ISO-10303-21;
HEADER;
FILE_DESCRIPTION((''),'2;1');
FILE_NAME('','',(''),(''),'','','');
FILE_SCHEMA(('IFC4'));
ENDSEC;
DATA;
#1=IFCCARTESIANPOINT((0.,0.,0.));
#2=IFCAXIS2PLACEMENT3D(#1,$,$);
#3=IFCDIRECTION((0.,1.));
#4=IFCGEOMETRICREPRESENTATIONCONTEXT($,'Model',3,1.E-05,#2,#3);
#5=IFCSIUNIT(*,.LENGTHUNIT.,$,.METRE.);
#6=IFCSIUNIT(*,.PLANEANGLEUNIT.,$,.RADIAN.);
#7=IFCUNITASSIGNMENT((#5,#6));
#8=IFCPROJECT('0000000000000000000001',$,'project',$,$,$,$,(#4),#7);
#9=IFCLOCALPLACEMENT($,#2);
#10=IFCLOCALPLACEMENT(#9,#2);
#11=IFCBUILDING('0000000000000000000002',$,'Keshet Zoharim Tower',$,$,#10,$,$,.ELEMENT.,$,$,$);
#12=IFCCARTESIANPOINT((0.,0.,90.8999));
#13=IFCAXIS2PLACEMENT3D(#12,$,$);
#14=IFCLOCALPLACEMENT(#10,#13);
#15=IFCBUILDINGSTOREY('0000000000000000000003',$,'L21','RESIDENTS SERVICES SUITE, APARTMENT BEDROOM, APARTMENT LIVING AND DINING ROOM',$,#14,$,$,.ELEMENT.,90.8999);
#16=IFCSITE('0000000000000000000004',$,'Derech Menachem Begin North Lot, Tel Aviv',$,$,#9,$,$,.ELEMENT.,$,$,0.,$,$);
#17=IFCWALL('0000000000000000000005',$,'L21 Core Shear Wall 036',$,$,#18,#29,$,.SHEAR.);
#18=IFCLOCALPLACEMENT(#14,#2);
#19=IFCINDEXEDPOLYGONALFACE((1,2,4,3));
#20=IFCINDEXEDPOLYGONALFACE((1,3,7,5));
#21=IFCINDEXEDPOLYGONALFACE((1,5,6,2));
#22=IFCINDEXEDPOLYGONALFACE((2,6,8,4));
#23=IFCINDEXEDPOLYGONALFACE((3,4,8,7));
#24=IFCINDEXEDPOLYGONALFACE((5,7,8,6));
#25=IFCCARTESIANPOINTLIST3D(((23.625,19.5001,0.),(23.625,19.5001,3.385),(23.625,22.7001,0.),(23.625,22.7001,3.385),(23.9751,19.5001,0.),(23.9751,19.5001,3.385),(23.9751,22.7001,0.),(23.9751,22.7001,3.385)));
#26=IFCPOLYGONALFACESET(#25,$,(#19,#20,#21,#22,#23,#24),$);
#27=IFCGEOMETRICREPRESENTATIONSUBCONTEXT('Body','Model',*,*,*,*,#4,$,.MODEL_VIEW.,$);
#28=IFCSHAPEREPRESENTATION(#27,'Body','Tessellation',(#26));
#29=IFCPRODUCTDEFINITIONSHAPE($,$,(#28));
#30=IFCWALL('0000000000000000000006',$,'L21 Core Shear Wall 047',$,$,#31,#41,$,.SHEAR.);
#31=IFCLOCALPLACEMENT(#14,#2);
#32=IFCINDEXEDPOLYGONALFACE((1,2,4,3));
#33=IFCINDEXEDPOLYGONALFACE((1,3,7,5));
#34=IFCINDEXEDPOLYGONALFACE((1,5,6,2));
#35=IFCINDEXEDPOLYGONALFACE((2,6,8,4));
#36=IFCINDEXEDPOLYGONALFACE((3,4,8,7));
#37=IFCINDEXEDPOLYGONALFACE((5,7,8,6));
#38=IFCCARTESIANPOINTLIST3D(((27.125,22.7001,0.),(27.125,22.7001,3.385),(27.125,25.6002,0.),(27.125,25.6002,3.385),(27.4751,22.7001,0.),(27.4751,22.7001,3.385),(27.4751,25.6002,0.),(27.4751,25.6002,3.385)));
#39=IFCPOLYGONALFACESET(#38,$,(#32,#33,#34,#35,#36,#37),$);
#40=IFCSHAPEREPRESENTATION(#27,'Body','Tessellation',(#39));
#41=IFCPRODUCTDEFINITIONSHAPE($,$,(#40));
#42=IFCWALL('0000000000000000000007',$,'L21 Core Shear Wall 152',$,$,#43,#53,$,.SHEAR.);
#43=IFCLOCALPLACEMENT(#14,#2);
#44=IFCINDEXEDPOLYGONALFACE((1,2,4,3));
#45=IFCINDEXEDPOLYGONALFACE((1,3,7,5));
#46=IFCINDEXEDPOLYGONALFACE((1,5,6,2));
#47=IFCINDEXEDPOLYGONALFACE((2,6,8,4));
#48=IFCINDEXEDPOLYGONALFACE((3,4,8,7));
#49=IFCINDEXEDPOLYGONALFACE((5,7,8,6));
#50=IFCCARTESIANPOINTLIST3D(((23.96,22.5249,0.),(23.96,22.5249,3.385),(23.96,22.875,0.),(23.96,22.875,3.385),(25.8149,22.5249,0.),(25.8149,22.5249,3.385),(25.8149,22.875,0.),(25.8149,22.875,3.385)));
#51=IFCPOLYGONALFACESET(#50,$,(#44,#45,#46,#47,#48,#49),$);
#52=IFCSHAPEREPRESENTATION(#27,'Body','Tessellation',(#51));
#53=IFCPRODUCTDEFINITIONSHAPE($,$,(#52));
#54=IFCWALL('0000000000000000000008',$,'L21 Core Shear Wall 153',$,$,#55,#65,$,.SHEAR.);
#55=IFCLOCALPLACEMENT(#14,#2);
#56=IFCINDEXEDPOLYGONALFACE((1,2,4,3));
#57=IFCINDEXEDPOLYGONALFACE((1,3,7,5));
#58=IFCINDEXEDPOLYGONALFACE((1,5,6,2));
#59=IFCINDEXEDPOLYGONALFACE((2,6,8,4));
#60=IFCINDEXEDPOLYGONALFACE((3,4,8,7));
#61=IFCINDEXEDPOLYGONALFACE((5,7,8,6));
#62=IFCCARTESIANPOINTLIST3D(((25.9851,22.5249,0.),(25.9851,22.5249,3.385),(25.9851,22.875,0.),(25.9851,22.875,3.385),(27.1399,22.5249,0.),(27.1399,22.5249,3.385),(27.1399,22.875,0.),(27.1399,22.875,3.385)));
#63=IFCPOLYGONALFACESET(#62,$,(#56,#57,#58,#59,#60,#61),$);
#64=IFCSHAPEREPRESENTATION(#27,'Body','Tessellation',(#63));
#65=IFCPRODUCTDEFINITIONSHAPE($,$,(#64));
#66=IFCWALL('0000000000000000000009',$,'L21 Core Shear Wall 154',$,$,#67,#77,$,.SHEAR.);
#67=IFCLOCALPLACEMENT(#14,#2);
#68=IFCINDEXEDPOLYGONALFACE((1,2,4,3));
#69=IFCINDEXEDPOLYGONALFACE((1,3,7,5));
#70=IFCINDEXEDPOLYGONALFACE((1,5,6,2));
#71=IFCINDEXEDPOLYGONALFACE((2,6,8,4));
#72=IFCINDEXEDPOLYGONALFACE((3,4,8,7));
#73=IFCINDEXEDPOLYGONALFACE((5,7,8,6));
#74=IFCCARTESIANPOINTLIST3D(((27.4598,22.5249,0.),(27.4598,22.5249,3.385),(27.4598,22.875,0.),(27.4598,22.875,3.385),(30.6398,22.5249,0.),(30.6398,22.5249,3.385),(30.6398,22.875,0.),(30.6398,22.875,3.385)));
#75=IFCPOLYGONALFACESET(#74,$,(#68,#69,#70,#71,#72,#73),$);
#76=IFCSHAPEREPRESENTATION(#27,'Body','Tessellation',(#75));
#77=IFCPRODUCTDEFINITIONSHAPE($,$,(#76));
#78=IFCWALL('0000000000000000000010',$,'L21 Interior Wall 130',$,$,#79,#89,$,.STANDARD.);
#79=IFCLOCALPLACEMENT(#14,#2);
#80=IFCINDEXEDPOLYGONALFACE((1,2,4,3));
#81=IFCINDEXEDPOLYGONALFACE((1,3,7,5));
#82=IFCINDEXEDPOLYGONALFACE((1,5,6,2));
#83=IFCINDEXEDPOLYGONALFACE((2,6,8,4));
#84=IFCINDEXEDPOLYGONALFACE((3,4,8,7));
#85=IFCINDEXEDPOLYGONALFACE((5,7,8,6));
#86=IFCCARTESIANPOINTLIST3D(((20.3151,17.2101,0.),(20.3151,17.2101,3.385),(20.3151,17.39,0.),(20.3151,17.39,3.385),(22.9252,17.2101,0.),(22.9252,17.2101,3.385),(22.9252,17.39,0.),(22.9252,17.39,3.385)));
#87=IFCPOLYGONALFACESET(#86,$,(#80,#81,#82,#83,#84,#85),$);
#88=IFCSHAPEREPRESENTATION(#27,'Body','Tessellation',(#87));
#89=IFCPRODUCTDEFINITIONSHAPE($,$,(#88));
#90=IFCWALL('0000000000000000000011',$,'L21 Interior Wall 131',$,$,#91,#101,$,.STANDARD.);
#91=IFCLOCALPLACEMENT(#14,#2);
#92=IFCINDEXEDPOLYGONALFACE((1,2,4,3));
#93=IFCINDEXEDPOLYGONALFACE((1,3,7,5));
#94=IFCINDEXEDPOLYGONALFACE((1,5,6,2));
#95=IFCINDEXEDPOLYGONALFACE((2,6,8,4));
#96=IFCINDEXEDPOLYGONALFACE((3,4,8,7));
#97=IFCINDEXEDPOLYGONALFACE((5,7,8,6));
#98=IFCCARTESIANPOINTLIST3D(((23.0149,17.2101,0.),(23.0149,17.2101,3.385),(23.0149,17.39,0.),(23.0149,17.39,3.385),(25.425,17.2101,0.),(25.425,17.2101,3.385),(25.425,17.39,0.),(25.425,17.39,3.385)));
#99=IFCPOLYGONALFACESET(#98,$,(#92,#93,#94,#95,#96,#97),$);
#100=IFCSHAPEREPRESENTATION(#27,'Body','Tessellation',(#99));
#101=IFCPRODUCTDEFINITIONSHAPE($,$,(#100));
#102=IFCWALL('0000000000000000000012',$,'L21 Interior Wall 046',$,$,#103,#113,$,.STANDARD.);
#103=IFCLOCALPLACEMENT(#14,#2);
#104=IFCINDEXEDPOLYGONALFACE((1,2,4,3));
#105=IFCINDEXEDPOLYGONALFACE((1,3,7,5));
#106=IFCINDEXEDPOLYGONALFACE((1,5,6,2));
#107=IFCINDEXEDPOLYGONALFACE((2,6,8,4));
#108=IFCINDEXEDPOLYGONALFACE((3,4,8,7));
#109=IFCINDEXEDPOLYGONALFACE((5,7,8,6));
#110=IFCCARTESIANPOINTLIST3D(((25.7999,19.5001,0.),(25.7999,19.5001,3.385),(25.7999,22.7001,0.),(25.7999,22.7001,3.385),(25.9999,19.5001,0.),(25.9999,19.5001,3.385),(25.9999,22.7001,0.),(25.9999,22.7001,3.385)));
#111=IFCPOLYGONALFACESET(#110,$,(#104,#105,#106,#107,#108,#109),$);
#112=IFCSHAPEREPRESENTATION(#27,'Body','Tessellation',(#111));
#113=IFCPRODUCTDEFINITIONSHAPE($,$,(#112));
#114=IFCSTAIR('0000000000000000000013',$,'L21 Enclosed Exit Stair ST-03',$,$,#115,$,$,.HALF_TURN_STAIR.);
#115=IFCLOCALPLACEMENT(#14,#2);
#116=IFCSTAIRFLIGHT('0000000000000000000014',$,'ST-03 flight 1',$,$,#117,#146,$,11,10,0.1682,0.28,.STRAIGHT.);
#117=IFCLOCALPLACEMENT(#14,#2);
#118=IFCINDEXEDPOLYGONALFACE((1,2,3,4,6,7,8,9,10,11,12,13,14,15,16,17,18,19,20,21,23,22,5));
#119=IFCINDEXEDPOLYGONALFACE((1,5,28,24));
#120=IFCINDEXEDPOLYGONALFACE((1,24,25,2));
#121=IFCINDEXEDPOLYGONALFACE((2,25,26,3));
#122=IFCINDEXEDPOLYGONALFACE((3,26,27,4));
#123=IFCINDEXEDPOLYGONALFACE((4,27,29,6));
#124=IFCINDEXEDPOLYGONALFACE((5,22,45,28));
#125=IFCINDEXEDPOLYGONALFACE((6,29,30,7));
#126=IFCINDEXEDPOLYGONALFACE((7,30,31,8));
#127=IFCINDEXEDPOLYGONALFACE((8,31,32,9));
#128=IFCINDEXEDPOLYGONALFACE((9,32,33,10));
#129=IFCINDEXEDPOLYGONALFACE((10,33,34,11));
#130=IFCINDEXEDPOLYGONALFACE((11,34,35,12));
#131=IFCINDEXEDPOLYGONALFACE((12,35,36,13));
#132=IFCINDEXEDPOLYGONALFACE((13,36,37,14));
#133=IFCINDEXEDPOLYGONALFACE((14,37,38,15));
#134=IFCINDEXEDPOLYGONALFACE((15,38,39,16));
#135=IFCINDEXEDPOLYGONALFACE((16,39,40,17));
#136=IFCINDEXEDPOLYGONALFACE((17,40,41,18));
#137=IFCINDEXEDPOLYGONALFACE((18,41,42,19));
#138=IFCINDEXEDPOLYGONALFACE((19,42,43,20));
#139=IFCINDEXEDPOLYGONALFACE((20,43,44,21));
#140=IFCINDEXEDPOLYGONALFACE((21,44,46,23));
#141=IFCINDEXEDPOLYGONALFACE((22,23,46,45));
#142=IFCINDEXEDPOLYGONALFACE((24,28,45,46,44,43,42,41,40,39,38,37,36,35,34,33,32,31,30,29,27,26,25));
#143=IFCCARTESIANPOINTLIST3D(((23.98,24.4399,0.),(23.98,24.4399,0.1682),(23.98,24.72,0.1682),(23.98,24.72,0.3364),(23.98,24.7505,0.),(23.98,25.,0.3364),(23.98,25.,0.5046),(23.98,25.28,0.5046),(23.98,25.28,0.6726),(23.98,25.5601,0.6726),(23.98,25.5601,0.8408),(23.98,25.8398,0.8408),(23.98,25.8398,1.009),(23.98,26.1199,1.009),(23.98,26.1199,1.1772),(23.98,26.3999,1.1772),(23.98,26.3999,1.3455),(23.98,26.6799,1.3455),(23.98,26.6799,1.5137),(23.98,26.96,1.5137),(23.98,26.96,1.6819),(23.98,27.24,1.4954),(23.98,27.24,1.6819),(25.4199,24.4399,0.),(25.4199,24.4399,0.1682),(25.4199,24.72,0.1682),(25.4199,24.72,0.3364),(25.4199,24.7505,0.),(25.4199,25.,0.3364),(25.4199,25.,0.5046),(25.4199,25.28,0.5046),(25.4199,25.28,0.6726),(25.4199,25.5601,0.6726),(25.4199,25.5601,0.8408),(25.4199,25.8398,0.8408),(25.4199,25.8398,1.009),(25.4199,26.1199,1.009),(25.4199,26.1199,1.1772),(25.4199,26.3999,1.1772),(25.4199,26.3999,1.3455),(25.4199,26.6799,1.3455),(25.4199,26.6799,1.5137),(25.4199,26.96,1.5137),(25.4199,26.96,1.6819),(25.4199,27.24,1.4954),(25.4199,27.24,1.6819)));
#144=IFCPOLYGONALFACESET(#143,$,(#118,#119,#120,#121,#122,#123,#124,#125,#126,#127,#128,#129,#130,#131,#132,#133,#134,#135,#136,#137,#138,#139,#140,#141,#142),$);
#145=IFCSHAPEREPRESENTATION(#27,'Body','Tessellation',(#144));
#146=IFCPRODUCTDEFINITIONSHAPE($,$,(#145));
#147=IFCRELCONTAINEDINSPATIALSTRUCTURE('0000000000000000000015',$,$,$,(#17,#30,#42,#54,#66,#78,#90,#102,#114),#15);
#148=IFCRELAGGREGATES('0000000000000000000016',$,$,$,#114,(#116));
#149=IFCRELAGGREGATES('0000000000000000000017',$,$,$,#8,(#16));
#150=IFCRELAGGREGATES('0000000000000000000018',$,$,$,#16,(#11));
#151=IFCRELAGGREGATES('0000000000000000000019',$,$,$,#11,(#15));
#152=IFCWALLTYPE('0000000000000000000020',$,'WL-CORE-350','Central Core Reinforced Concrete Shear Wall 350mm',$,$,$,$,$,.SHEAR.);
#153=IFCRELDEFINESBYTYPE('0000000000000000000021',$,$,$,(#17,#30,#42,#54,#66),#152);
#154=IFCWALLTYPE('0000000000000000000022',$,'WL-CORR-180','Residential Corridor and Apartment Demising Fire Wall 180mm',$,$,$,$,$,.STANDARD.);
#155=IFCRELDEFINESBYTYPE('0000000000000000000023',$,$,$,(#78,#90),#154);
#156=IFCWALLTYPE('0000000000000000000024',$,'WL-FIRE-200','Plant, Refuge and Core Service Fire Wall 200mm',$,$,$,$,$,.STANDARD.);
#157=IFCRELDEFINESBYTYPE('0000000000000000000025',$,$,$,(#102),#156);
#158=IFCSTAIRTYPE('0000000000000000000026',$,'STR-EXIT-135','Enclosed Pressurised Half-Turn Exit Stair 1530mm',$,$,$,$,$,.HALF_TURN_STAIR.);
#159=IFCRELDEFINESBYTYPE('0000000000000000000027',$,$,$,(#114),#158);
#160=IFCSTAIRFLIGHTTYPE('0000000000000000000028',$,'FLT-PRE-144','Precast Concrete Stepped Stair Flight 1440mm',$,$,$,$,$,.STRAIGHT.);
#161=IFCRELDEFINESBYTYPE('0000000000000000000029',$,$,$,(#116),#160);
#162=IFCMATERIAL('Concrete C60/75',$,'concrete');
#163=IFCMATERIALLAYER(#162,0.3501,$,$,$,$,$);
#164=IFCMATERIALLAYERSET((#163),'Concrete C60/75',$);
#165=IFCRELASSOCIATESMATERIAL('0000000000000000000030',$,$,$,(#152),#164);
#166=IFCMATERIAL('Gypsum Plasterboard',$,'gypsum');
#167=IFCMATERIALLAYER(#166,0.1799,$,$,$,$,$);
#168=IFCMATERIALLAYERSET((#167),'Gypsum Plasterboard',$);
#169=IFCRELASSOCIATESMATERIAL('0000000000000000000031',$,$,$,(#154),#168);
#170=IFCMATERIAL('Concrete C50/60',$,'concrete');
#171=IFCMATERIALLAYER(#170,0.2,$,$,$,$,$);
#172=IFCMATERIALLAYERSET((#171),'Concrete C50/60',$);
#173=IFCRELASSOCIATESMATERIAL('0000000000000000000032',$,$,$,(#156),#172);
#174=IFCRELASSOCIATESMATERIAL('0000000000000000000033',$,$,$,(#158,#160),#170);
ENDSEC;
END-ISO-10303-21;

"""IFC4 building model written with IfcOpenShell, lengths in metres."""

from ifc_helpers import new_model, si_unit, direction, frame, frame_2d, origin, place, context, subcontext, project, spatial, polyline, rectangle, outline, extrude, material, layer, layer_set, type_object, element, aggregate, save


model = new_model("IFC4")

# Units and contexts
model_context = context("Model", 3, precision=1e-05, world=origin(), true_north=direction((0.0, 1.0)))
body_context = subcontext(model_context, "Body", "Model", "MODEL_VIEW")
ifc_project = project(units=[si_unit("LENGTHUNIT", "METRE"), si_unit("PLANEANGLEUNIT", "RADIAN")], contexts=[model_context])

# Site, building, storey
site_placement = place(None, origin())
site = spatial("IfcSite", under=ifc_project, at=site_placement, Name="Derech Menachem Begin North Lot, Tel Aviv", CompositionType="ELEMENT", RefElevation=0.0)
building_placement = place(site_placement, origin())
building = spatial("IfcBuilding", under=site, at=building_placement, Name="Keshet Zoharim Tower", CompositionType="ELEMENT")
storey_placement = place(building_placement, frame((0.0, 0.0, 90.8999)))
storey = spatial("IfcBuildingStorey", under=building, at=storey_placement, Name="L21", Description="RESIDENTS SERVICES SUITE, APARTMENT BEDROOM, APARTMENT LIVING AND DINING ROOM", CompositionType="ELEMENT", Elevation=90.8999)

# Wall
ifc_material_1 = material(Name="Concrete C60/75", Category="concrete")
ifc_layer_1 = layer(ifc_material_1, 0.3501)
ifc_layer_set_1 = layer_set([ifc_layer_1], Name="Concrete C60/75")
wall_type_1 = type_object("IfcWallType", Name="WL-CORE-350", Description="Central Core Reinforced Concrete Shear Wall 350mm", PredefinedType="SHEAR", material=ifc_layer_set_1)
wall_1_placement = place(storey_placement, frame((23.8, 19.5, 0.0), z_axis=(0.0, 0.0, 1.0), x_axis=(0.0, 1.0, 0.0)))
element("IfcWall", 1, at=wall_1_placement, inside=storey, type_object=wall_type_1, Name="L21 Core Shear Wall 036", PredefinedType="SHEAR", context=body_context, shape_type="SweptSolid", body=[
    extrude(rectangle(XDim=3.2, YDim=0.3501, at=frame_2d((1.6001, 0.0))), origin(), (0.0, 0.0, 1.0), 3.385),
])

# Walls
wall_2_placement = place(storey_placement, frame((27.3, 22.7, 0.0), z_axis=(0.0, 0.0, 1.0), x_axis=(0.0, 1.0, 0.0)))
element("IfcWall", 2, at=wall_2_placement, inside=storey, type_object=wall_type_1, Name="L21 Core Shear Wall 047", PredefinedType="SHEAR", context=body_context, shape_type="SweptSolid", body=[
    extrude(rectangle(XDim=2.9001, YDim=0.3501, at=frame_2d((1.4502, 0.0))), origin(), (0.0, 0.0, 1.0), 3.385),
])
wall_3_placement = place(storey_placement, frame((23.96, 22.7, 0.0), z_axis=(0.0, 0.0, 1.0), x_axis=(1.0, 0.0, 0.0)))
element("IfcWall", 3, at=wall_3_placement, inside=storey, type_object=wall_type_1, Name="L21 Core Shear Wall 152", PredefinedType="SHEAR", context=body_context, shape_type="SweptSolid", body=[
    extrude(rectangle(XDim=1.855, YDim=0.3501, at=frame_2d((0.9275, 0.0))), origin(), (0.0, 0.0, 1.0), 3.385),
])
wall_4_placement = place(storey_placement, frame((25.9851, 22.7, 0.0), z_axis=(0.0, 0.0, 1.0), x_axis=(1.0, 0.0, 0.0)))
element("IfcWall", 4, at=wall_4_placement, inside=storey, type_object=wall_type_1, Name="L21 Core Shear Wall 153", PredefinedType="SHEAR", context=body_context, shape_type="SweptSolid", body=[
    extrude(rectangle(XDim=1.1548, YDim=0.3501, at=frame_2d((0.5774, 0.0))), origin(), (0.0, 0.0, 1.0), 3.385),
])
wall_5_placement = place(storey_placement, frame((27.46, 22.7, 0.0), z_axis=(0.0, 0.0, 1.0), x_axis=(1.0, 0.0, 0.0)))
element("IfcWall", 5, at=wall_5_placement, inside=storey, type_object=wall_type_1, Name="L21 Core Shear Wall 154", PredefinedType="SHEAR", context=body_context, shape_type="SweptSolid", body=[
    extrude(rectangle(XDim=3.1799, YDim=0.3501, at=frame_2d((1.5898, 0.0))), origin(), (0.0, 0.0, 1.0), 3.385),
])
ifc_material_2 = material(Name="Gypsum Plasterboard", Category="gypsum")
ifc_layer_2 = layer(ifc_material_2, 0.1799)
ifc_layer_set_2 = layer_set([ifc_layer_2], Name="Gypsum Plasterboard")
wall_type_2 = type_object("IfcWallType", Name="WL-CORR-180", Description="Residential Corridor and Apartment Demising Fire Wall 180mm", PredefinedType="STANDARD", material=ifc_layer_set_2)
wall_6_placement = place(storey_placement, frame((20.3149, 17.3, 0.0), z_axis=(0.0, 0.0, 1.0), x_axis=(1.0, 0.0, 0.0)))
element("IfcWall", 6, at=wall_6_placement, inside=storey, type_object=wall_type_2, Name="L21 Interior Wall 130", PredefinedType="STANDARD", context=body_context, shape_type="SweptSolid", body=[
    extrude(rectangle(XDim=2.6101, YDim=0.1799, at=frame_2d((1.3052, 0.0))), origin(), (0.0, 0.0, 1.0), 3.385),
])
wall_7_placement = place(storey_placement, frame((23.0149, 17.3, 0.0), z_axis=(0.0, 0.0, 1.0), x_axis=(1.0, 0.0, 0.0)))
element("IfcWall", 7, at=wall_7_placement, inside=storey, type_object=wall_type_2, Name="L21 Interior Wall 131", PredefinedType="STANDARD", context=body_context, shape_type="SweptSolid", body=[
    extrude(rectangle(XDim=2.4102, YDim=0.1799, at=frame_2d((1.2051, 0.0))), origin(), (0.0, 0.0, 1.0), 3.385),
])

# Wall
ifc_material_3 = material(Name="Concrete C50/60", Category="concrete")
ifc_layer_3 = layer(ifc_material_3, 0.2)
ifc_layer_set_3 = layer_set([ifc_layer_3], Name="Concrete C50/60")
wall_type_3 = type_object("IfcWallType", Name="WL-FIRE-200", Description="Plant, Refuge and Core Service Fire Wall 200mm", PredefinedType="STANDARD", material=ifc_layer_set_3)
wall_8_placement = place(storey_placement, frame((25.8999, 19.5, 0.0), z_axis=(0.0, 0.0, 1.0), x_axis=(0.0, 1.0, 0.0)))
element("IfcWall", 8, at=wall_8_placement, inside=storey, type_object=wall_type_3, Name="L21 Interior Wall 046", PredefinedType="STANDARD", context=body_context, shape_type="SweptSolid", body=[
    extrude(rectangle(XDim=3.2, YDim=0.2, at=frame_2d((1.6001, 0.0))), origin(), (0.0, 0.0, 1.0), 3.385),
])

# Stair, stair flight
stair_type = type_object("IfcStairType", Name="STR-EXIT-135", Description="Enclosed Pressurised Half-Turn Exit Stair 1530mm", PredefinedType="HALF_TURN_STAIR", material=ifc_material_3)
stair_placement = place(storey_placement, origin())
stair = element("IfcStair", 9, at=stair_placement, inside=storey, type_object=stair_type, Name="L21 Enclosed Exit Stair ST-03", PredefinedType="HALF_TURN_STAIR")
stair_flight_type = type_object("IfcStairFlightType", Name="FLT-PRE-144", Description="Precast Concrete Stepped Stair Flight 1440mm", PredefinedType="STRAIGHT", material=ifc_material_3)
stair_flight_placement = place(storey_placement, frame((24.7, 24.4399, 0.0), z_axis=(0.0, 0.0, 1.0), x_axis=(0.0, 1.0, 0.0)))
stair_flight = element("IfcStairFlight", 10, at=stair_flight_placement, type_object=stair_flight_type, Name="ST-03 flight 1", NumberOfRisers=11, NumberOfTreads=10, PredefinedType="STRAIGHT", RiserHeight=0.1682, TreadLength=0.28, context=body_context, shape_type="SweptSolid", body=[
    extrude(outline(polyline([(0.0, 0.0), (0.0, 0.1682), (0.28, 0.1682), (0.28, 0.3364), (0.5601, 0.3364), (0.5601, 0.5046), (0.8401, 0.5046), (0.8401, 0.6726), (1.1201, 0.6726), (1.1201, 0.8408), (1.3999, 0.8408), (1.3999, 1.009), (1.6799, 1.009), (1.6799, 1.1772), (1.96, 1.1772), (1.96, 1.3455), (2.24, 1.3455), (2.24, 1.5137), (2.52, 1.5137), (2.52, 1.6819), (2.8, 1.6819), (2.8, 1.8501), (2.8, 1.4954), (0.3105, 0.0), (0.0, 0.0)])), frame((0.0, 0.72, 0.0), z_axis=(0.0, -1.0, 0.0), x_axis=(1.0, 0.0, 0.0)), (0.0, 0.0, 1.0), 1.4399),
])
aggregate(stair, [stair_flight])

save(model, "model.ifc")
